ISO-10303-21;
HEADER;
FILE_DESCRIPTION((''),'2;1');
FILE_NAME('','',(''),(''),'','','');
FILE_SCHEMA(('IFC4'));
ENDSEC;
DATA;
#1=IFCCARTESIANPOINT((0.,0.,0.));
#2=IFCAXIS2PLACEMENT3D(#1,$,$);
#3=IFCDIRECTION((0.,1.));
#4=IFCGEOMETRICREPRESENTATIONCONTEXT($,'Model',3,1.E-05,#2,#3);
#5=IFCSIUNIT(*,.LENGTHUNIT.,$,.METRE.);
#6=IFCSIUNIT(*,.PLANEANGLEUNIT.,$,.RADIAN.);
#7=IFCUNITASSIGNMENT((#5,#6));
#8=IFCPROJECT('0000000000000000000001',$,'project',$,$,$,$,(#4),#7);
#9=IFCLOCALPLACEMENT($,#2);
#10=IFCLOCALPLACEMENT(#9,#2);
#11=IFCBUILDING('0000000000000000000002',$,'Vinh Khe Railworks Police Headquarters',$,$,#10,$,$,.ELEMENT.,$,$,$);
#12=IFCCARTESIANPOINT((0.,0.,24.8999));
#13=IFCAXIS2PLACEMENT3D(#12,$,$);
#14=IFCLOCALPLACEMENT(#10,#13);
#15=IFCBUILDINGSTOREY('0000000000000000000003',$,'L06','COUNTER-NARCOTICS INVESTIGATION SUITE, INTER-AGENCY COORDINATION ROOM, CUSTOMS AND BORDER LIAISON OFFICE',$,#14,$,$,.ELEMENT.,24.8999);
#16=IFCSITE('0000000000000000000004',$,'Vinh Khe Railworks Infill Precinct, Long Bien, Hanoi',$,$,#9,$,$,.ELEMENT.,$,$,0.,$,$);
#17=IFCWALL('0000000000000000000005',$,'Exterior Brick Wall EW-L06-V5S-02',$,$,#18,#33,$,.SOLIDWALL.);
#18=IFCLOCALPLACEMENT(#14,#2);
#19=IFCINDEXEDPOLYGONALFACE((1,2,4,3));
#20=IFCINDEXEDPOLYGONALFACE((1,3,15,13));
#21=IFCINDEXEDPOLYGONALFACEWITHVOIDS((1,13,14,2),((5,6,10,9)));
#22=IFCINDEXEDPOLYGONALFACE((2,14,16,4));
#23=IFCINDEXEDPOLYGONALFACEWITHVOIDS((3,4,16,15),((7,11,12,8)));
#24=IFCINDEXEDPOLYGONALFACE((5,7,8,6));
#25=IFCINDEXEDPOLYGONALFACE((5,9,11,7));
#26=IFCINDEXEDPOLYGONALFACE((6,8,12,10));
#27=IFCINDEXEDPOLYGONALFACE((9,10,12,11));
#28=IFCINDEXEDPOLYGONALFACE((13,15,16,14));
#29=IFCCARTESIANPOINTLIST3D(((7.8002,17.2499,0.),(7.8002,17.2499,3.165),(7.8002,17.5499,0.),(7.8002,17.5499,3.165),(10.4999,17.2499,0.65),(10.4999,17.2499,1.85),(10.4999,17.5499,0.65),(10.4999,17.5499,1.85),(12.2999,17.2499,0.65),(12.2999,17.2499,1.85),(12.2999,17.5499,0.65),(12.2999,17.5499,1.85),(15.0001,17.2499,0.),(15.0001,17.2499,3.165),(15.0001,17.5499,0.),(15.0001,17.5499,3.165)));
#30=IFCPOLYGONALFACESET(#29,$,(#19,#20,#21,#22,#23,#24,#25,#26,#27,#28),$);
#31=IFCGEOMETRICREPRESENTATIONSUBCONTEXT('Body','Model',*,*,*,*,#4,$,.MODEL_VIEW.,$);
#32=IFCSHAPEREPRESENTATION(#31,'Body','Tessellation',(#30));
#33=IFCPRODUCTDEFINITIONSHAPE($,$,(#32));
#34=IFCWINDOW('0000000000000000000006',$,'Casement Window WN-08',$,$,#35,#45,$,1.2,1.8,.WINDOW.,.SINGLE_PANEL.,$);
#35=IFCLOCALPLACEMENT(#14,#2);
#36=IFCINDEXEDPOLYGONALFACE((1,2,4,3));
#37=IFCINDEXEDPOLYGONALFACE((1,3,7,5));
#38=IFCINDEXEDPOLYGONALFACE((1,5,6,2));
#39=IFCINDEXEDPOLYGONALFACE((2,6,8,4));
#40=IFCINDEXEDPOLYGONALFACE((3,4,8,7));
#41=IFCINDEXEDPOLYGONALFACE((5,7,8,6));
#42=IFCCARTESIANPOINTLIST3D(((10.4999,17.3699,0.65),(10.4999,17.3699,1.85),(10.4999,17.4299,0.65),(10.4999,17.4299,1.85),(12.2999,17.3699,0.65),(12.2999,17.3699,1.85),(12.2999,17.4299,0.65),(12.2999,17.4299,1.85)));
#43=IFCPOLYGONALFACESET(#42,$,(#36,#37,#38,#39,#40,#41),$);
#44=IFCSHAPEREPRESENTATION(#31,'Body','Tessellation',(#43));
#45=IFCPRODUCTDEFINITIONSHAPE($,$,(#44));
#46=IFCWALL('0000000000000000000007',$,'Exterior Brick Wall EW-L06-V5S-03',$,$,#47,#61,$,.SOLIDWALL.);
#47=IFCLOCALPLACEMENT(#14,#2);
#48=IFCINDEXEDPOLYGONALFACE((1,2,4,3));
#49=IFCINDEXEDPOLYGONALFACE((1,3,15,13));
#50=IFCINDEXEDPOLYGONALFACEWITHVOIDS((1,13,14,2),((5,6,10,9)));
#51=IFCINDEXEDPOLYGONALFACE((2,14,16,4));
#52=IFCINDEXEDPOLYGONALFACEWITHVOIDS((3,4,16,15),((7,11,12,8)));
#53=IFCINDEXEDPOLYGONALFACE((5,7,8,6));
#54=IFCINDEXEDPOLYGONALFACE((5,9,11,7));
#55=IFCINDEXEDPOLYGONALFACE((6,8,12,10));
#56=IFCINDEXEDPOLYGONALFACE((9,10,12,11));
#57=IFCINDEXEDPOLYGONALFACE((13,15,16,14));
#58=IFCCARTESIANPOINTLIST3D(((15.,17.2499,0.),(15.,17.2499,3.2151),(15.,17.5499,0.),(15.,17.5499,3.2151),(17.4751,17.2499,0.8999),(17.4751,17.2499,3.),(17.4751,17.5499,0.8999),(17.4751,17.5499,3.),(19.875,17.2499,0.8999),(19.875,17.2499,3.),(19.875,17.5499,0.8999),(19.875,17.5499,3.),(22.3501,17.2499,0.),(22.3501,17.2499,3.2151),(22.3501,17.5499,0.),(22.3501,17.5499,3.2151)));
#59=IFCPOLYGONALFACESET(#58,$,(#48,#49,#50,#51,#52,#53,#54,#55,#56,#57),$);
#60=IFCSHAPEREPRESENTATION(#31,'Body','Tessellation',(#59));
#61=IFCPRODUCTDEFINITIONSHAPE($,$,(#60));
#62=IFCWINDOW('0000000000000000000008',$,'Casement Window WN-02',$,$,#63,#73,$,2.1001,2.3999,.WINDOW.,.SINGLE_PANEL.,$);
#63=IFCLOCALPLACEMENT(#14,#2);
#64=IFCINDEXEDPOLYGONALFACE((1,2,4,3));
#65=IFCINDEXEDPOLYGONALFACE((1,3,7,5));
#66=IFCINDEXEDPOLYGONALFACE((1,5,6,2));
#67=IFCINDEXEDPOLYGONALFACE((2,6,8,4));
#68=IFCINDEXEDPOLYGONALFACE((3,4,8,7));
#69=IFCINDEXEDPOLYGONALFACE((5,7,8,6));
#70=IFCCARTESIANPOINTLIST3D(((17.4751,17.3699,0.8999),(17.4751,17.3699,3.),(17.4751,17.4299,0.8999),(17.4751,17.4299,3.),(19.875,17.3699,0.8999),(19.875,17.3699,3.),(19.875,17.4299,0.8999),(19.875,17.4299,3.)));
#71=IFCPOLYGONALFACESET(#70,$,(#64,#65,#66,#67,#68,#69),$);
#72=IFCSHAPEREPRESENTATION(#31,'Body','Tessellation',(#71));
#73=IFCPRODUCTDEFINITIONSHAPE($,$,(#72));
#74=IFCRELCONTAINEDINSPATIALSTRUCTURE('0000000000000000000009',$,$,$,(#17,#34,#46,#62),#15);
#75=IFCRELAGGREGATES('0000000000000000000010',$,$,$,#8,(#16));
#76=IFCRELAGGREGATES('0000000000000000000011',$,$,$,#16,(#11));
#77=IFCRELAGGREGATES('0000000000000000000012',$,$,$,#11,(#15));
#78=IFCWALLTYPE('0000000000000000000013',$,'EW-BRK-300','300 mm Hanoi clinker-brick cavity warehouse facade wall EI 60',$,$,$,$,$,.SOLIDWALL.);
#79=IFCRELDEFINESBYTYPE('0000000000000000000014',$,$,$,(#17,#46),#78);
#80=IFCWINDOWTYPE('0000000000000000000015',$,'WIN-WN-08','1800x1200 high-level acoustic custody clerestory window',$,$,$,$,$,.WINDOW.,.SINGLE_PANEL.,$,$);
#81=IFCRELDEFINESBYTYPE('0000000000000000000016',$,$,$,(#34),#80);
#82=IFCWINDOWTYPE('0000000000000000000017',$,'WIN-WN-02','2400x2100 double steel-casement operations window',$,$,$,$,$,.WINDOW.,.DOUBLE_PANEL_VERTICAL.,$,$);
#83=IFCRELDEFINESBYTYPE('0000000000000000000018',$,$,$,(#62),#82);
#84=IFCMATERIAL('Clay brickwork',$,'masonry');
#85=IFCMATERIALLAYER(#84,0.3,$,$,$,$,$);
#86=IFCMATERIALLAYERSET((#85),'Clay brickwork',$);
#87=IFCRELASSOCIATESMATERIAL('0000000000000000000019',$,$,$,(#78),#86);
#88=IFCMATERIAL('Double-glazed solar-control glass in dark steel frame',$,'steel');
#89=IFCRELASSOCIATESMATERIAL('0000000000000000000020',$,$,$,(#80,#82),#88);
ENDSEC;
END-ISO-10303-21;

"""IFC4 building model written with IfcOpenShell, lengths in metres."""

from ifc_helpers import new_model, si_unit, direction, frame, frame_2d, origin, place, context, subcontext, project, spatial, rectangle, extrude, material, layer, layer_set, type_object, element, fill, save


model = new_model("IFC4")

# Units and contexts
model_context = context("Model", 3, precision=1e-05, world=origin(), true_north=direction((0.0, 1.0)))
body_context = subcontext(model_context, "Body", "Model", "MODEL_VIEW")
ifc_project = project(units=[si_unit("LENGTHUNIT", "METRE"), si_unit("PLANEANGLEUNIT", "RADIAN")], contexts=[model_context])

# Site, building, storey
site_placement = place(None, origin())
site = spatial("IfcSite", under=ifc_project, at=site_placement, Name="Vinh Khe Railworks Infill Precinct, Long Bien, Hanoi", CompositionType="ELEMENT", RefElevation=0.0)
building_placement = place(site_placement, origin())
building = spatial("IfcBuilding", under=site, at=building_placement, Name="Vinh Khe Railworks Police Headquarters", CompositionType="ELEMENT")
storey_placement = place(building_placement, frame((0.0, 0.0, 24.8999)))
storey = spatial("IfcBuildingStorey", under=building, at=storey_placement, Name="L06", Description="COUNTER-NARCOTICS INVESTIGATION SUITE, INTER-AGENCY COORDINATION ROOM, CUSTOMS AND BORDER LIAISON OFFICE", CompositionType="ELEMENT", Elevation=24.8999)

# Shared definitions
ifc_material_1 = material(Name="Clay brickwork", Category="masonry")
ifc_material_2 = material(Name="Double-glazed solar-control glass in dark steel frame", Category="steel")

# Walls, openings, windows
ifc_layer_1 = layer(ifc_material_1, 0.3)
ifc_layer_set_1 = layer_set([ifc_layer_1], Name="Clay brickwork")
wall_type_1 = type_object("IfcWallType", Name="EW-BRK-300", Description="300 mm Hanoi clinker-brick cavity warehouse facade wall EI 60", PredefinedType="SOLIDWALL", material=ifc_layer_set_1)
wall_1_placement = place(storey_placement, frame((7.8, 17.3999, 0.0), z_axis=(0.0, 0.0, 1.0), x_axis=(1.0, 0.0, 0.0)))
wall_1 = element("IfcWall", 1, at=wall_1_placement, inside=storey, type_object=wall_type_1, Name="Exterior Brick Wall EW-L06-V5S-02", PredefinedType="SOLIDWALL", context=body_context, shape_type="SweptSolid", body=[
    extrude(rectangle(XDim=7.2, YDim=0.3, at=frame_2d((3.6001, 0.0))), origin(), (0.0, 0.0, 1.0), 3.165),
])
opening_1_placement = place(wall_1_placement, frame((2.7, 0.0, 0.6499)))
opening_1 = element("IfcOpeningElement", 2, at=opening_1_placement, cuts=wall_1, PredefinedType="OPENING", context=body_context, shape_type="SweptSolid", body=[
    extrude(rectangle(XDim=1.8, YDim=1.2, at=frame_2d((0.8999, 0.6001))), frame((0.0, 0.165, 0.0), z_axis=(0.0, -1.0, 0.0), x_axis=(1.0, 0.0, 0.0)), (0.0, 0.0, 1.0), 0.3298),
])
window_type_1 = type_object("IfcWindowType", Name="WIN-WN-08", Description="1800x1200 high-level acoustic custody clerestory window", PartitioningType="SINGLE_PANEL", PredefinedType="WINDOW", material=ifc_material_2)
window_1_placement = place(opening_1_placement, origin())
window_1 = element("IfcWindow", 3, at=window_1_placement, inside=storey, type_object=window_type_1, Name="Casement Window WN-08", OverallHeight=1.2, OverallWidth=1.8, PartitioningType="SINGLE_PANEL", PredefinedType="WINDOW", context=body_context, shape_type="SweptSolid", body=[
    extrude(rectangle(XDim=1.8, YDim=1.2, at=frame_2d((0.8999, 0.6001))), frame((0.0, 0.03, 0.0), z_axis=(0.0, -1.0, 0.0), x_axis=(1.0, 0.0, 0.0)), (0.0, 0.0, 1.0), 0.0601),
])
fill(opening_1, window_1)
wall_2_placement = place(storey_placement, frame((15.0, 17.3999, 0.0), z_axis=(0.0, 0.0, 1.0), x_axis=(1.0, 0.0, 0.0)))
wall_2 = element("IfcWall", 4, at=wall_2_placement, inside=storey, type_object=wall_type_1, Name="Exterior Brick Wall EW-L06-V5S-03", PredefinedType="SOLIDWALL", context=body_context, shape_type="SweptSolid", body=[
    extrude(rectangle(XDim=7.3501, YDim=0.3, at=frame_2d((3.675, 0.0))), origin(), (0.0, 0.0, 1.0), 3.2151),
])
opening_2_placement = place(wall_2_placement, frame((2.4751, 0.0, 0.8999)))
opening_2 = element("IfcOpeningElement", 5, at=opening_2_placement, cuts=wall_2, PredefinedType="OPENING", context=body_context, shape_type="SweptSolid", body=[
    extrude(rectangle(XDim=2.3999, YDim=2.1001, at=frame_2d((1.2, 1.05))), frame((0.0, 0.165, 0.0), z_axis=(0.0, -1.0, 0.0), x_axis=(1.0, 0.0, 0.0)), (0.0, 0.0, 1.0), 0.3298),
])
window_type_2 = type_object("IfcWindowType", Name="WIN-WN-02", Description="2400x2100 double steel-casement operations window", PartitioningType="DOUBLE_PANEL_VERTICAL", PredefinedType="WINDOW", material=ifc_material_2)
window_2_placement = place(opening_2_placement, origin())
window_2 = element("IfcWindow", 6, at=window_2_placement, inside=storey, type_object=window_type_2, Name="Casement Window WN-02", OverallHeight=2.1001, OverallWidth=2.3999, PartitioningType="SINGLE_PANEL", PredefinedType="WINDOW", context=body_context, shape_type="SweptSolid", body=[
    extrude(rectangle(XDim=2.3999, YDim=2.1001, at=frame_2d((1.2, 1.05))), frame((0.0, 0.03, 0.0), z_axis=(0.0, -1.0, 0.0), x_axis=(1.0, 0.0, 0.0)), (0.0, 0.0, 1.0), 0.0601),
])
fill(opening_2, window_2)

save(model, "model.ifc")
